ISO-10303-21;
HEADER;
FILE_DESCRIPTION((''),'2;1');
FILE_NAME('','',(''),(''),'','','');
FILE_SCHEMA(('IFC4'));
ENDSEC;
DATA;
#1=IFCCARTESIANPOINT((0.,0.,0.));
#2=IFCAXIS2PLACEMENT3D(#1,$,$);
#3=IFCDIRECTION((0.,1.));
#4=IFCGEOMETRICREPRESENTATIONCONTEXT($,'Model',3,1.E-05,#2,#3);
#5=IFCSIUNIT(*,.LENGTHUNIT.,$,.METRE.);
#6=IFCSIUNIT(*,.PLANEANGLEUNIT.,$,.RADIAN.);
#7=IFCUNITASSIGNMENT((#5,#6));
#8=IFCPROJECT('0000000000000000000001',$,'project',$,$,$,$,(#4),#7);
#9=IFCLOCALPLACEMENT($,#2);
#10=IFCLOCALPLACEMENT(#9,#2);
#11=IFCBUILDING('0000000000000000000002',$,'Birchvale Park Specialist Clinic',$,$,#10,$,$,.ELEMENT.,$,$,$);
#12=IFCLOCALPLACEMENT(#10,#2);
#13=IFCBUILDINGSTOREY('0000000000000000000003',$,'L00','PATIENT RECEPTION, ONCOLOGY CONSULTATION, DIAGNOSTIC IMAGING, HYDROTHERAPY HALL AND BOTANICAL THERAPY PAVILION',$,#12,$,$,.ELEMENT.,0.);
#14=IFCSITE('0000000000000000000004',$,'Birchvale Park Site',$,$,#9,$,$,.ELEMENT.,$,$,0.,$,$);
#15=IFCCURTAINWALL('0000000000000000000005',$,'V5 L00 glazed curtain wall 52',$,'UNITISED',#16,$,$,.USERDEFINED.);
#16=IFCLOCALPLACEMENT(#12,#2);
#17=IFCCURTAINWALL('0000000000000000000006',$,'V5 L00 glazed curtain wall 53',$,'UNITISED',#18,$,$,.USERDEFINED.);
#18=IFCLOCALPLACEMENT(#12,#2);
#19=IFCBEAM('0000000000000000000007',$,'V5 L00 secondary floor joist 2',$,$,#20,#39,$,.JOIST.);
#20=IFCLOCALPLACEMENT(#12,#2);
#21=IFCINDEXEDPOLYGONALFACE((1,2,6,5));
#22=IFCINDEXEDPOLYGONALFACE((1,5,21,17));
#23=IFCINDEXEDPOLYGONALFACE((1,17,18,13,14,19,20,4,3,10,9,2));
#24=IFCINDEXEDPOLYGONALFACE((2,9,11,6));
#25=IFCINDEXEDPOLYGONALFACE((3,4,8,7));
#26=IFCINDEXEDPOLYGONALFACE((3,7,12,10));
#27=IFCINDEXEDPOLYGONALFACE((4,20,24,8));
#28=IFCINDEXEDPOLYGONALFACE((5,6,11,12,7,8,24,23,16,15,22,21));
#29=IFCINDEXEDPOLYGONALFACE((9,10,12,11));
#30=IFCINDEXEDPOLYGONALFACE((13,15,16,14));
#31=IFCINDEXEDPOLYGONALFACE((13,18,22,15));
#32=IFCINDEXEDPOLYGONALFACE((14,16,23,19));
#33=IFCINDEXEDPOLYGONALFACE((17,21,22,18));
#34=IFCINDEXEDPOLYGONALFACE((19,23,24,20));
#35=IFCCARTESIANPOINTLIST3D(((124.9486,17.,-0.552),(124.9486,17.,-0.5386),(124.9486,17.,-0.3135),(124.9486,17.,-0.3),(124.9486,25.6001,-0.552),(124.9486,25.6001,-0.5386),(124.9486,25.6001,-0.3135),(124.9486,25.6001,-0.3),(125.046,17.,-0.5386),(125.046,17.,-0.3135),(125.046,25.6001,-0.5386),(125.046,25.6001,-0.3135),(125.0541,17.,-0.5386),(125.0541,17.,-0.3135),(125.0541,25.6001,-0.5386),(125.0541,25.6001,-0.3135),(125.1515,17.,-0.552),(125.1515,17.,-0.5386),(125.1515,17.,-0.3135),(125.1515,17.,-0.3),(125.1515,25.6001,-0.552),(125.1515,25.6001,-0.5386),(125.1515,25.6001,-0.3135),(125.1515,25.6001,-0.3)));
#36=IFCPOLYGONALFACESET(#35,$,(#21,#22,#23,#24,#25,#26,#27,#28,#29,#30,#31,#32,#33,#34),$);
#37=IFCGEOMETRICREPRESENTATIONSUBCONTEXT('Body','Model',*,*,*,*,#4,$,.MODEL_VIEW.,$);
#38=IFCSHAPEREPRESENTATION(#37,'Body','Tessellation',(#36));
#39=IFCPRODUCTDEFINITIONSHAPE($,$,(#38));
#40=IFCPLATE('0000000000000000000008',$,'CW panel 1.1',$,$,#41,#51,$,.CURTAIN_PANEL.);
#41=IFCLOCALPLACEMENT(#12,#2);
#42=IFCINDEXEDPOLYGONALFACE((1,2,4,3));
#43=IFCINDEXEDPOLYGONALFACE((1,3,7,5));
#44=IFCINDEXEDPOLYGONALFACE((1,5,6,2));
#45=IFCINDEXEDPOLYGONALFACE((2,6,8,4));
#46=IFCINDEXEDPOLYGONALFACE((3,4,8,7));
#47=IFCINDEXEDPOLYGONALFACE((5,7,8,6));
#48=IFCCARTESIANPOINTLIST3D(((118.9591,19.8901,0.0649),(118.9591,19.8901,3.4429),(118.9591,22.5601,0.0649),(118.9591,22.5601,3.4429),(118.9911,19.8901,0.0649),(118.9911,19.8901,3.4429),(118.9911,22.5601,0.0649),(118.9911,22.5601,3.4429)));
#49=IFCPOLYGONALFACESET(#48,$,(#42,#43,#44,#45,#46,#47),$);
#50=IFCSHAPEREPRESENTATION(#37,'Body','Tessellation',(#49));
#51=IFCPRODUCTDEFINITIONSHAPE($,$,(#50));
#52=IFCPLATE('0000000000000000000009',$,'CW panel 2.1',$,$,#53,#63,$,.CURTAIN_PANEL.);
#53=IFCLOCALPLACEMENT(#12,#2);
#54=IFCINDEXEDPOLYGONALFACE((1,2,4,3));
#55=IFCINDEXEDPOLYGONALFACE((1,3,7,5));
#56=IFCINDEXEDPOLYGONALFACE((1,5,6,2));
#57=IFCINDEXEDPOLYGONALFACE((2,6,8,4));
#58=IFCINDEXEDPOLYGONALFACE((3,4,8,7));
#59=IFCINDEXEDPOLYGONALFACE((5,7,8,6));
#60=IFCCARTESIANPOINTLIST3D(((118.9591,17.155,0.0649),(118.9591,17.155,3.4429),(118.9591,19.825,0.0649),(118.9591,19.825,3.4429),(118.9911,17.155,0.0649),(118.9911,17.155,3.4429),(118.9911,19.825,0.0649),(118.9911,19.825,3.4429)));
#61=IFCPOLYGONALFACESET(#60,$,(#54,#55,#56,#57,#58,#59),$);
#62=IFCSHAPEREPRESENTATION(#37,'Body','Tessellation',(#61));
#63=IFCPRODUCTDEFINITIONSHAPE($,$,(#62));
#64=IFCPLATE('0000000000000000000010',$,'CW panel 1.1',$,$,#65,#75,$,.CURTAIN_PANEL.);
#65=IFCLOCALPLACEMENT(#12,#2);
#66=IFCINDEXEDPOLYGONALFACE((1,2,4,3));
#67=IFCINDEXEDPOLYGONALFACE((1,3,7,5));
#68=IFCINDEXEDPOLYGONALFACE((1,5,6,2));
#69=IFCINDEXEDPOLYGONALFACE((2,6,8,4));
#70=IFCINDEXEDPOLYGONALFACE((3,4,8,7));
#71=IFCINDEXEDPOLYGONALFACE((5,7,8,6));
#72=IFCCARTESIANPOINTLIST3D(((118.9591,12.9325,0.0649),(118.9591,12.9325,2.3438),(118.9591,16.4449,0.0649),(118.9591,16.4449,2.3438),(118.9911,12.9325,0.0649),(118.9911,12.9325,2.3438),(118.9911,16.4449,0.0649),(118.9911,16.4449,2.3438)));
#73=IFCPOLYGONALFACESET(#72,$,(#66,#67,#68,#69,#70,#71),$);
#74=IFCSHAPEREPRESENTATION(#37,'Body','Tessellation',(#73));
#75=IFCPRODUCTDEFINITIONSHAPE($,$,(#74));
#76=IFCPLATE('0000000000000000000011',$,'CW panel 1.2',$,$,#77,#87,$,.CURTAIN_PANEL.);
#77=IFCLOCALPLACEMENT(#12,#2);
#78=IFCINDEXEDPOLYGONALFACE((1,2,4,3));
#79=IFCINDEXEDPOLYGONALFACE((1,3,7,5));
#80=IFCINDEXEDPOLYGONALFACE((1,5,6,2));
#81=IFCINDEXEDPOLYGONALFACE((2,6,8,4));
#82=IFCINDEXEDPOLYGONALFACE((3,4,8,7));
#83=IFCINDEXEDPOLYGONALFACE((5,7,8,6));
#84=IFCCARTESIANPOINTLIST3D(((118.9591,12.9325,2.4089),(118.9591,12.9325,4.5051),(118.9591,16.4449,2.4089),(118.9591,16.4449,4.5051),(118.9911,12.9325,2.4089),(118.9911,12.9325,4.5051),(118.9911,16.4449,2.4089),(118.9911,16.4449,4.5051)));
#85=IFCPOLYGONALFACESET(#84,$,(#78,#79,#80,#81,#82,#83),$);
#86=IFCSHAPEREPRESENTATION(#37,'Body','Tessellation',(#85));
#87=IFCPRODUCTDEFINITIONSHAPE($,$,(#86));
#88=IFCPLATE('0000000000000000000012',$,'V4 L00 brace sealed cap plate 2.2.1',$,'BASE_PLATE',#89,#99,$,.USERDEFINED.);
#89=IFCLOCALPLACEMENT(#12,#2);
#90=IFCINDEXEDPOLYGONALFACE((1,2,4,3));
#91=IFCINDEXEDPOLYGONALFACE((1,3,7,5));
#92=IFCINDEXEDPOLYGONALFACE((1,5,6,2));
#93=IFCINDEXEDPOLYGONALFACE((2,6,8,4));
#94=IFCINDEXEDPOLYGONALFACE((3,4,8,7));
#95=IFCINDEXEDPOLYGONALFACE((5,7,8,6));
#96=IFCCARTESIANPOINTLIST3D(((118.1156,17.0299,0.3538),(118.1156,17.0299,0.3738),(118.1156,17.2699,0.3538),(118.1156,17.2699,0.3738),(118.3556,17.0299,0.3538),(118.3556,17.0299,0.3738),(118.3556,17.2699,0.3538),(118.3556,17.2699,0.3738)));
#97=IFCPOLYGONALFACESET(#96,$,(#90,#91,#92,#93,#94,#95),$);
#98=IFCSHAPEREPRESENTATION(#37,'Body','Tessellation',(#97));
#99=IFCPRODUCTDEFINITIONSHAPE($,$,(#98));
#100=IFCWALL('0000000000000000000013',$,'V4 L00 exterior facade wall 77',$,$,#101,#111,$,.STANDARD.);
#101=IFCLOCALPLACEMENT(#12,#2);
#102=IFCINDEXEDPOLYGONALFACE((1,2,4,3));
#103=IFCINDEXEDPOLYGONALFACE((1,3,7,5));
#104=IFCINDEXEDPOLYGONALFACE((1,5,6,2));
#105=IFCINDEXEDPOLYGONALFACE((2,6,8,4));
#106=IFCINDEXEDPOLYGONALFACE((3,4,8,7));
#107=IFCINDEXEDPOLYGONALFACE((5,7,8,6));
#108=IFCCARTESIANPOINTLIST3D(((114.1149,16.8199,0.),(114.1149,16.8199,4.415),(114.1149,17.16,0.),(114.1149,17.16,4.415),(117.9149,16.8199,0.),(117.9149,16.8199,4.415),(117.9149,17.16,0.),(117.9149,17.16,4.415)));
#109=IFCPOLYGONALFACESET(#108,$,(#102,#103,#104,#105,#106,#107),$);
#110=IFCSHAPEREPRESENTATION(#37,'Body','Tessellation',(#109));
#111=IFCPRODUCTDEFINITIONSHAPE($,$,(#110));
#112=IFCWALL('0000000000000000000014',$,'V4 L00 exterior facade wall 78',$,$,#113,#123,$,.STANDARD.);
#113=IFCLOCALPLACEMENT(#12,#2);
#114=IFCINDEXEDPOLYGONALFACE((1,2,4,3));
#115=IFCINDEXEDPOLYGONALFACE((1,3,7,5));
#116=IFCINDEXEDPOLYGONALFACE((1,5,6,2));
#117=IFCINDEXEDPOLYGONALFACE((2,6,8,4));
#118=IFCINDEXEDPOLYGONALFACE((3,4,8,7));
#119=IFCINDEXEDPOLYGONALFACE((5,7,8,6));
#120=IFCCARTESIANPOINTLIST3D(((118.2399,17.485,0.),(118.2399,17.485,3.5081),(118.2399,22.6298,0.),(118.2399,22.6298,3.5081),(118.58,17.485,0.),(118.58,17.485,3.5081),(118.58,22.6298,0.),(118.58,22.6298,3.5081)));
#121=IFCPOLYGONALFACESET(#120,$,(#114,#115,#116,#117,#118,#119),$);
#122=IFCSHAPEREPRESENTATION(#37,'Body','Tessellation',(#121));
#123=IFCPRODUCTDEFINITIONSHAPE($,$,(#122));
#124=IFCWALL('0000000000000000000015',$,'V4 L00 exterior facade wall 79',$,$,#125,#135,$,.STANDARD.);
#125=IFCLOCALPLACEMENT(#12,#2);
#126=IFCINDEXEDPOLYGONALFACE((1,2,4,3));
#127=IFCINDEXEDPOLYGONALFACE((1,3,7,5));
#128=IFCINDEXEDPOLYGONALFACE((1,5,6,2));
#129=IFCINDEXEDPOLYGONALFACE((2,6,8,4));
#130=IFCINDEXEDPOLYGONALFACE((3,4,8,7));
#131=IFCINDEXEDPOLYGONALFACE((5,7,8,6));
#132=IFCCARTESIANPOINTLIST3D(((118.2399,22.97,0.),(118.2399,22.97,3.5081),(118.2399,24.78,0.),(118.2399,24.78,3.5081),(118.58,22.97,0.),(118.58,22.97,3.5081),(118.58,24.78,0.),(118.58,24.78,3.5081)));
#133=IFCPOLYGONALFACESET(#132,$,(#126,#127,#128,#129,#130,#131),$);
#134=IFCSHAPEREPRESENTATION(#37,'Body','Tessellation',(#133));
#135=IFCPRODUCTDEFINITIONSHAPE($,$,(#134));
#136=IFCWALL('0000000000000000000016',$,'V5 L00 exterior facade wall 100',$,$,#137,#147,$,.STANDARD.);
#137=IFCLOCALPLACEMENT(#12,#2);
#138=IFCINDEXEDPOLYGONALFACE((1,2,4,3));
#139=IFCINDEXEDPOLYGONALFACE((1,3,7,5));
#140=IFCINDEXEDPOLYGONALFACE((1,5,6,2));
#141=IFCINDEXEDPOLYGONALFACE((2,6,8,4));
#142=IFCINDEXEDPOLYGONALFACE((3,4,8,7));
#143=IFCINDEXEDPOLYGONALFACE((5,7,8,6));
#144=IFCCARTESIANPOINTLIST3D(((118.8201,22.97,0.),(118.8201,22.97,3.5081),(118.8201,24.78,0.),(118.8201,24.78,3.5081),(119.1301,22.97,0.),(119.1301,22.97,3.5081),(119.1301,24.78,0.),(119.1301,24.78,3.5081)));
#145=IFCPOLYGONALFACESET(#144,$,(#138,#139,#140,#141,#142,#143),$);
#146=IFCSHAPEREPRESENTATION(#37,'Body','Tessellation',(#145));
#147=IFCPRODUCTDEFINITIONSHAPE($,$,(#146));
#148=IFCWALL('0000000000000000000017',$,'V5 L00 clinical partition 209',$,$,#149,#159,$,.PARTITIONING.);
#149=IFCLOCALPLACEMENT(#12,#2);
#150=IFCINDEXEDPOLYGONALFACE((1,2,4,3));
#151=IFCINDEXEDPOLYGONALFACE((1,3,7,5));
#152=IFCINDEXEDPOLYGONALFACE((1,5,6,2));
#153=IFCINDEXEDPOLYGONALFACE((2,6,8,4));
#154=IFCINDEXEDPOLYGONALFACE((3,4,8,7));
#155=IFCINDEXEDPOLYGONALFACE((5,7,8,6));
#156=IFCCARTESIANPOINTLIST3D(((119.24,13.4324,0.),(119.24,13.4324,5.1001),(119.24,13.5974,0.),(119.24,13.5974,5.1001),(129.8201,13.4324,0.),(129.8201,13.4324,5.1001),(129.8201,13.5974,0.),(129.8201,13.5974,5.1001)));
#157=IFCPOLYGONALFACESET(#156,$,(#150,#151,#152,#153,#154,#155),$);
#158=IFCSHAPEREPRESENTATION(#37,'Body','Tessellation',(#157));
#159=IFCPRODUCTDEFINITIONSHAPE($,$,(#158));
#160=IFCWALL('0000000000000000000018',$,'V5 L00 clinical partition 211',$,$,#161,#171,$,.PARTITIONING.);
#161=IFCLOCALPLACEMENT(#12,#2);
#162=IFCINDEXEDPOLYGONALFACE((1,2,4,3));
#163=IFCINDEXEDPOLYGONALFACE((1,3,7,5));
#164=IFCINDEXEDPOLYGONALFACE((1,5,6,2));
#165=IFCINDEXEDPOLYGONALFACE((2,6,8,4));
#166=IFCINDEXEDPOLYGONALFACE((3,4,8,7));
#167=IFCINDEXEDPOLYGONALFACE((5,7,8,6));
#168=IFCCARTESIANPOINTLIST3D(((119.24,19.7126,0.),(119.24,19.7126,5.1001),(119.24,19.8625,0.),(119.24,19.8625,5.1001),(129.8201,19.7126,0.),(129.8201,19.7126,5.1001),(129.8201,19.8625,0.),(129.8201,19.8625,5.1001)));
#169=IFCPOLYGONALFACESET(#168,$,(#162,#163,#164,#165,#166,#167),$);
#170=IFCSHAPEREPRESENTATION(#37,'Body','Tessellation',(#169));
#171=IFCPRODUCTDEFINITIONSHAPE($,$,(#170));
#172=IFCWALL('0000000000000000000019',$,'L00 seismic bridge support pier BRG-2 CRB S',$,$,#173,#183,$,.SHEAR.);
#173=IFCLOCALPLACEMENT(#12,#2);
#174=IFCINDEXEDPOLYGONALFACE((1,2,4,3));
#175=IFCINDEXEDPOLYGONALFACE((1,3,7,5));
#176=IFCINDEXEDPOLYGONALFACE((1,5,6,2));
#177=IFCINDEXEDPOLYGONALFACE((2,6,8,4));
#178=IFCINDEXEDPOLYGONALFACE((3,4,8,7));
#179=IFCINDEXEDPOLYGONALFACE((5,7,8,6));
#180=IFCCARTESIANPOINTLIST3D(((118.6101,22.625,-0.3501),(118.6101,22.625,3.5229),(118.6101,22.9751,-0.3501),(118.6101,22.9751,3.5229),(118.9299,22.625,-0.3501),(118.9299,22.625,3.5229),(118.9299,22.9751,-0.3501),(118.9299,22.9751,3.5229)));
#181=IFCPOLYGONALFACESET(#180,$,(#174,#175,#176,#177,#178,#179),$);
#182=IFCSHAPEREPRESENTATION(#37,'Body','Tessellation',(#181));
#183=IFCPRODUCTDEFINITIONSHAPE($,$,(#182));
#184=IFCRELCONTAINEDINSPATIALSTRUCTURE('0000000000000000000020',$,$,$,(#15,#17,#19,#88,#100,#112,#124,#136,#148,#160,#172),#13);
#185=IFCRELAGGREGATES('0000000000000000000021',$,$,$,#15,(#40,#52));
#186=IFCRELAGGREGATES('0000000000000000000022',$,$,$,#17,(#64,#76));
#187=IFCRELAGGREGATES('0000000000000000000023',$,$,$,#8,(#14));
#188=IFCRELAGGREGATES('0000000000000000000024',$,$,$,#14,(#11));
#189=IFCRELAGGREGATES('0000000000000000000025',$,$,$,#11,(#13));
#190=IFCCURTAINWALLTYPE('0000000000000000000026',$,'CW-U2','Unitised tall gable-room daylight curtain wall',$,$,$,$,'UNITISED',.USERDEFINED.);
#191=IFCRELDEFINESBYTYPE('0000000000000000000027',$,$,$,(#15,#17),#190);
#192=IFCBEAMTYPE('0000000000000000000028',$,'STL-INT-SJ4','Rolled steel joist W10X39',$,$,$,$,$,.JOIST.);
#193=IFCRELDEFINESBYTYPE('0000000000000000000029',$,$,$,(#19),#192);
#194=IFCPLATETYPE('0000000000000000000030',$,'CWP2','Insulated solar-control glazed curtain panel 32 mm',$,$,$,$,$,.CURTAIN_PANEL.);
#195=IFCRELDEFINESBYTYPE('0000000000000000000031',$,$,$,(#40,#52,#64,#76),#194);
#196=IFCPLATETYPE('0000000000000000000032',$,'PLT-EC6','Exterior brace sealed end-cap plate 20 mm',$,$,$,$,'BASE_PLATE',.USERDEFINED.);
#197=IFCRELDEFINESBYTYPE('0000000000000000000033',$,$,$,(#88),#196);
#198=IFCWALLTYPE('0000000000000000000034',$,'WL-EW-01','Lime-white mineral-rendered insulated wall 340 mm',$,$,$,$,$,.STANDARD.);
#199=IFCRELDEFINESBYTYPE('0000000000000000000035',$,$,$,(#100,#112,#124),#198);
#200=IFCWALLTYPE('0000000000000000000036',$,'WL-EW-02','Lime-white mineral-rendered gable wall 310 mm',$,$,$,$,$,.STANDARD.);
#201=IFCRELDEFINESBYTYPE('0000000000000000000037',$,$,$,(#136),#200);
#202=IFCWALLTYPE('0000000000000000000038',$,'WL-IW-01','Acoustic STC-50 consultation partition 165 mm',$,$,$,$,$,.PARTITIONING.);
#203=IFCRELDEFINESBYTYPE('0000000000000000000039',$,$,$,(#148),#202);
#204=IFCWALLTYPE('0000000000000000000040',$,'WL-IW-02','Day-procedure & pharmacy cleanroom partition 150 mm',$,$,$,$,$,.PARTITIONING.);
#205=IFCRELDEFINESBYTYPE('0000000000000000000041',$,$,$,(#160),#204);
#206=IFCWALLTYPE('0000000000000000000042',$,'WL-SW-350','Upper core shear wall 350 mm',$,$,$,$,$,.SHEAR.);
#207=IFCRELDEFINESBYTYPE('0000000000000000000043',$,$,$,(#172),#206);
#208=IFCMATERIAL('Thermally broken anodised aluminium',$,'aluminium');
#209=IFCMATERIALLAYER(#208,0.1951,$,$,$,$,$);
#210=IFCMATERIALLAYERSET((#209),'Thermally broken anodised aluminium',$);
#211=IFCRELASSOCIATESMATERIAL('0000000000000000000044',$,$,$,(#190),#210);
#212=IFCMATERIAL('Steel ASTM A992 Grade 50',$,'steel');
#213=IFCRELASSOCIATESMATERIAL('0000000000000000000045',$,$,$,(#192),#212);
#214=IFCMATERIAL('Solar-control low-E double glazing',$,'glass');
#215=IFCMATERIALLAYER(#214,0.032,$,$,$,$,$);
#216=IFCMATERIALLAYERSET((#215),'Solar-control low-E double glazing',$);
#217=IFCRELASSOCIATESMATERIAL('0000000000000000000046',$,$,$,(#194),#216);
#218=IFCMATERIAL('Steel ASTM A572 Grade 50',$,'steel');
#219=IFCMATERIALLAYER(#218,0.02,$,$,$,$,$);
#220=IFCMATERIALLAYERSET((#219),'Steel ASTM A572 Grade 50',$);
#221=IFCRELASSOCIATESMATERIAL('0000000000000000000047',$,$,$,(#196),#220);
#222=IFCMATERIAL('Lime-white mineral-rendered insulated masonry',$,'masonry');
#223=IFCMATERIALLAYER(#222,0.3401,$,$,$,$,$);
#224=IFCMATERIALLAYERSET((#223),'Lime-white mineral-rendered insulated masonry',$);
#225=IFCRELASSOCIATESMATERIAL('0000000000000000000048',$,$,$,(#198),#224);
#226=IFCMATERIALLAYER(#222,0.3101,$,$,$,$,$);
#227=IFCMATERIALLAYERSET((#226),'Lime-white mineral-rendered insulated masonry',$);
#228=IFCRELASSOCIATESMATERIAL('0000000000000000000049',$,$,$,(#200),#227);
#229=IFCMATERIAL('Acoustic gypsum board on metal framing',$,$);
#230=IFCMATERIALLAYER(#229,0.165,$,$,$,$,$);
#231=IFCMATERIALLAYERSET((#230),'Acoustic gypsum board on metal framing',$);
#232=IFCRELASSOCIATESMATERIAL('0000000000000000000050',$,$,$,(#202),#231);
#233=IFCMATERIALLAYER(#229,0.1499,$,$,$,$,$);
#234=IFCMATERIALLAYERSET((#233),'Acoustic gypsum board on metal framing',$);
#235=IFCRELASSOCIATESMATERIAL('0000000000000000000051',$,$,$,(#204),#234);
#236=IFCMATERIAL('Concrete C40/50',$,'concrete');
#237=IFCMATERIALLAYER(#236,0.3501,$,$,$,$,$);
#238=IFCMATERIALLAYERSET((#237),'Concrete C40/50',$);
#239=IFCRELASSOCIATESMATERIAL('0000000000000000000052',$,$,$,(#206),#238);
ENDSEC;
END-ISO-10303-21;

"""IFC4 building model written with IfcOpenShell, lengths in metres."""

from ifc_helpers import new_model, si_unit, direction, frame, frame_2d, origin, origin_2d, place, context, subcontext, project, spatial, rectangle, i_section, extrude, material, layer, layer_set, material_profile, profile_set, type_object, element, aggregate, save


model = new_model("IFC4")

# Units and contexts
model_context = context("Model", 3, precision=1e-05, world=origin(), true_north=direction((0.0, 1.0)))
body_context = subcontext(model_context, "Body", "Model", "MODEL_VIEW")
ifc_project = project(units=[si_unit("LENGTHUNIT", "METRE"), si_unit("PLANEANGLEUNIT", "RADIAN")], contexts=[model_context])

# Site, building, storey
site_placement = place(None, origin())
site = spatial("IfcSite", under=ifc_project, at=site_placement, Name="Birchvale Park Site", CompositionType="ELEMENT", RefElevation=0.0)
building_placement = place(site_placement, origin())
building = spatial("IfcBuilding", under=site, at=building_placement, Name="Birchvale Park Specialist Clinic", CompositionType="ELEMENT")
storey_placement = place(building_placement, origin())
storey = spatial("IfcBuildingStorey", under=building, at=storey_placement, Name="L00", Description="PATIENT RECEPTION, ONCOLOGY CONSULTATION, DIAGNOSTIC IMAGING, HYDROTHERAPY HALL AND BOTANICAL THERAPY PAVILION", CompositionType="ELEMENT", Elevation=0.0)

# Shared definitions
ifc_material_1 = material(Name="Concrete C40/50", Category="concrete")

# Curtain walls
ifc_material_2 = material(Name="Thermally broken anodised aluminium", Category="aluminium")
ifc_layer_1 = layer(ifc_material_2, 0.1951)
ifc_layer_set_1 = layer_set([ifc_layer_1], Name="Thermally broken anodised aluminium")
curtain_wall_type = type_object("IfcCurtainWallType", Name="CW-U2", Description="Unitised tall gable-room daylight curtain wall", ElementType="UNITISED", PredefinedType="USERDEFINED", material=ifc_layer_set_1)
curtain_wall_1_placement = place(storey_placement, origin())
curtain_wall_1 = element("IfcCurtainWall", 1, at=curtain_wall_1_placement, inside=storey, type_object=curtain_wall_type, Name="V5 L00 glazed curtain wall 52", ObjectType="UNITISED", PredefinedType="USERDEFINED")
curtain_wall_2_placement = place(storey_placement, origin())
curtain_wall_2 = element("IfcCurtainWall", 2, at=curtain_wall_2_placement, inside=storey, type_object=curtain_wall_type, Name="V5 L00 glazed curtain wall 53", ObjectType="UNITISED", PredefinedType="USERDEFINED")

# Beam
ifc_material_3 = material(Name="Steel ASTM A992 Grade 50", Category="steel")
ifc_material_profile_1 = material_profile(ifc_material_3, i_section(OverallWidth=0.2029, OverallDepth=0.252, WebThickness=0.0081, FlangeThickness=0.0134, at=origin_2d()), Name="W10X39")
ifc_profile_set_1 = profile_set([ifc_material_profile_1], Name="Steel ASTM A992 Grade 50")
beam_type_1 = type_object("IfcBeamType", Name="STL-INT-SJ4", Description="Rolled steel joist W10X39", PredefinedType="JOIST", material=ifc_profile_set_1)
beam_1_placement = place(storey_placement, frame((125.05, 17.0, -0.426), z_axis=(0.0, 1.0, 0.0), x_axis=(-1.0, 0.0, 0.0)))
element("IfcBeam", 3, at=beam_1_placement, inside=storey, type_object=beam_type_1, Name="V5 L00 secondary floor joist 2", PredefinedType="JOIST", context=body_context, shape_type="SweptSolid", body=[
    extrude(i_section(OverallWidth=0.2029, OverallDepth=0.252, WebThickness=0.0081, FlangeThickness=0.0134, at=origin_2d()), origin(), (0.0, 0.0, 1.0), 8.6001),
])

# Plates
ifc_material_4 = material(Name="Solar-control low-E double glazing", Category="glass")
ifc_layer_2 = layer(ifc_material_4, 0.032)
ifc_layer_set_2 = layer_set([ifc_layer_2], Name="Solar-control low-E double glazing")
plate_type_1 = type_object("IfcPlateType", Name="CWP2", Description="Insulated solar-control glazed curtain panel 32 mm", PredefinedType="CURTAIN_PANEL", material=ifc_layer_set_2)
plate_1_placement = place(storey_placement, frame((118.9751, 21.2251, 0.0649), z_axis=(0.0, 0.0, 1.0), x_axis=(0.0, -1.0, 0.0)))
plate_1 = element("IfcPlate", 4, at=plate_1_placement, type_object=plate_type_1, Name="CW panel 1.1", PredefinedType="CURTAIN_PANEL", context=body_context, shape_type="SweptSolid", body=[
    extrude(rectangle(XDim=2.6699, YDim=0.032, at=origin_2d()), origin(), (0.0, 0.0, 1.0), 3.3779),
])
plate_2_placement = place(storey_placement, frame((118.9751, 18.49, 0.0649), z_axis=(0.0, 0.0, 1.0), x_axis=(0.0, -1.0, 0.0)))
plate_2 = element("IfcPlate", 5, at=plate_2_placement, type_object=plate_type_1, Name="CW panel 2.1", PredefinedType="CURTAIN_PANEL", context=body_context, shape_type="SweptSolid", body=[
    extrude(rectangle(XDim=2.6699, YDim=0.032, at=origin_2d()), origin(), (0.0, 0.0, 1.0), 3.3779),
])
aggregate(curtain_wall_1, [plate_1, plate_2])
plate_3_placement = place(storey_placement, frame((118.9751, 14.6887, 0.0649), z_axis=(0.0, 0.0, 1.0), x_axis=(0.0, -1.0, 0.0)))
plate_3 = element("IfcPlate", 6, at=plate_3_placement, type_object=plate_type_1, Name="CW panel 1.1", PredefinedType="CURTAIN_PANEL", context=body_context, shape_type="SweptSolid", body=[
    extrude(rectangle(XDim=3.5125, YDim=0.032, at=origin_2d()), origin(), (0.0, 0.0, 1.0), 2.2788),
])
plate_4_placement = place(storey_placement, frame((118.9751, 14.6887, 2.4089), z_axis=(0.0, 0.0, 1.0), x_axis=(0.0, -1.0, 0.0)))
plate_4 = element("IfcPlate", 7, at=plate_4_placement, type_object=plate_type_1, Name="CW panel 1.2", PredefinedType="CURTAIN_PANEL", context=body_context, shape_type="SweptSolid", body=[
    extrude(rectangle(XDim=3.5125, YDim=0.032, at=origin_2d()), origin(), (0.0, 0.0, 1.0), 2.0962),
])
aggregate(curtain_wall_2, [plate_3, plate_4])
ifc_material_5 = material(Name="Steel ASTM A572 Grade 50", Category="steel")
ifc_layer_3 = layer(ifc_material_5, 0.02)
ifc_layer_set_3 = layer_set([ifc_layer_3], Name="Steel ASTM A572 Grade 50")
plate_type_2 = type_object("IfcPlateType", Name="PLT-EC6", Description="Exterior brace sealed end-cap plate 20 mm", ElementType="BASE_PLATE", PredefinedType="USERDEFINED", material=ifc_layer_set_3)
plate_5_placement = place(storey_placement, frame((118.2356, 17.1499, 0.3538), z_axis=(0.0, 0.0, 1.0), x_axis=(1.0, 0.0, 0.0)))
element("IfcPlate", 8, at=plate_5_placement, inside=storey, type_object=plate_type_2, Name="V4 L00 brace sealed cap plate 2.2.1", ObjectType="BASE_PLATE", PredefinedType="USERDEFINED", context=body_context, shape_type="SweptSolid", body=[
    extrude(rectangle(XDim=0.24, YDim=0.24, at=origin_2d()), origin(), (0.0, 0.0, 1.0), 0.02),
])

# Walls
ifc_material_6 = material(Name="Lime-white mineral-rendered insulated masonry", Category="masonry")
ifc_layer_4 = layer(ifc_material_6, 0.3401)
ifc_layer_set_4 = layer_set([ifc_layer_4], Name="Lime-white mineral-rendered insulated masonry")
wall_type_1 = type_object("IfcWallType", Name="WL-EW-01", Description="Lime-white mineral-rendered insulated wall 340 mm", PredefinedType="STANDARD", material=ifc_layer_set_4)
wall_1_placement = place(storey_placement, frame((114.115, 16.99, 0.0), z_axis=(0.0, 0.0, 1.0), x_axis=(1.0, 0.0, 0.0)))
element("IfcWall", 9, at=wall_1_placement, inside=storey, type_object=wall_type_1, Name="V4 L00 exterior facade wall 77", PredefinedType="STANDARD", context=body_context, shape_type="SweptSolid", body=[
    extrude(rectangle(XDim=3.8, YDim=0.3401, at=frame_2d((1.8999, 0.0))), origin(), (0.0, 0.0, 1.0), 4.415),
])
wall_2_placement = place(storey_placement, frame((118.4099, 17.4851, 0.0), z_axis=(0.0, 0.0, 1.0), x_axis=(0.0, 1.0, 0.0)))
element("IfcWall", 10, at=wall_2_placement, inside=storey, type_object=wall_type_1, Name="V4 L00 exterior facade wall 78", PredefinedType="STANDARD", context=body_context, shape_type="SweptSolid", body=[
    extrude(rectangle(XDim=5.1448, YDim=0.3401, at=frame_2d((2.5723, 0.0))), origin(), (0.0, 0.0, 1.0), 3.5081),
])
wall_3_placement = place(storey_placement, frame((118.4099, 22.97, 0.0), z_axis=(0.0, 0.0, 1.0), x_axis=(0.0, 1.0, 0.0)))
element("IfcWall", 11, at=wall_3_placement, inside=storey, type_object=wall_type_1, Name="V4 L00 exterior facade wall 79", PredefinedType="STANDARD", context=body_context, shape_type="SweptSolid", body=[
    extrude(rectangle(XDim=1.8101, YDim=0.3401, at=frame_2d((0.905, 0.0))), origin(), (0.0, 0.0, 1.0), 3.5081),
])
ifc_layer_5 = layer(ifc_material_6, 0.3101)
ifc_layer_set_5 = layer_set([ifc_layer_5], Name="Lime-white mineral-rendered insulated masonry")
wall_type_2 = type_object("IfcWallType", Name="WL-EW-02", Description="Lime-white mineral-rendered gable wall 310 mm", PredefinedType="STANDARD", material=ifc_layer_set_5)
wall_4_placement = place(storey_placement, frame((118.9751, 24.78, 0.0), z_axis=(0.0, 0.0, 1.0), x_axis=(0.0, -1.0, 0.0)))
element("IfcWall", 12, at=wall_4_placement, inside=storey, type_object=wall_type_2, Name="V5 L00 exterior facade wall 100", PredefinedType="STANDARD", context=body_context, shape_type="SweptSolid", body=[
    extrude(rectangle(XDim=1.8101, YDim=0.3101, at=frame_2d((0.905, 0.0))), origin(), (0.0, 0.0, 1.0), 3.5081),
])
ifc_material_7 = material(Name="Acoustic gypsum board on metal framing")
ifc_layer_6 = layer(ifc_material_7, 0.165)
ifc_layer_set_6 = layer_set([ifc_layer_6], Name="Acoustic gypsum board on metal framing")
wall_type_3 = type_object("IfcWallType", Name="WL-IW-01", Description="Acoustic STC-50 consultation partition 165 mm", PredefinedType="PARTITIONING", material=ifc_layer_set_6)
wall_5_placement = place(storey_placement, frame((119.24, 13.5149, 0.0), z_axis=(0.0, 0.0, 1.0), x_axis=(1.0, 0.0, 0.0)))
element("IfcWall", 13, at=wall_5_placement, inside=storey, type_object=wall_type_3, Name="V5 L00 clinical partition 209", PredefinedType="PARTITIONING", context=body_context, shape_type="SweptSolid", body=[
    extrude(rectangle(XDim=10.5801, YDim=0.165, at=frame_2d((5.29, 0.0))), origin(), (0.0, 0.0, 1.0), 5.1001),
])
ifc_layer_7 = layer(ifc_material_7, 0.1499)
ifc_layer_set_7 = layer_set([ifc_layer_7], Name="Acoustic gypsum board on metal framing")
wall_type_4 = type_object("IfcWallType", Name="WL-IW-02", Description="Day-procedure & pharmacy cleanroom partition 150 mm", PredefinedType="PARTITIONING", material=ifc_layer_set_7)
wall_6_placement = place(storey_placement, frame((119.24, 19.7876, 0.0), z_axis=(0.0, 0.0, 1.0), x_axis=(1.0, 0.0, 0.0)))
element("IfcWall", 14, at=wall_6_placement, inside=storey, type_object=wall_type_4, Name="V5 L00 clinical partition 211", PredefinedType="PARTITIONING", context=body_context, shape_type="SweptSolid", body=[
    extrude(rectangle(XDim=10.5801, YDim=0.1499, at=frame_2d((5.29, 0.0))), origin(), (0.0, 0.0, 1.0), 5.1001),
])
ifc_layer_8 = layer(ifc_material_1, 0.3501)
ifc_layer_set_8 = layer_set([ifc_layer_8], Name="Concrete C40/50")
wall_type_5 = type_object("IfcWallType", Name="WL-SW-350", Description="Upper core shear wall 350 mm", PredefinedType="SHEAR", material=ifc_layer_set_8)
wall_7_placement = place(storey_placement, frame((118.6101, 22.8, -0.3501), z_axis=(0.0, 0.0, 1.0), x_axis=(1.0, 0.0, 0.0)))
element("IfcWall", 15, at=wall_7_placement, inside=storey, type_object=wall_type_5, Name="L00 seismic bridge support pier BRG-2 CRB S", PredefinedType="SHEAR", context=body_context, shape_type="SweptSolid", body=[
    extrude(rectangle(XDim=0.3198, YDim=0.3501, at=frame_2d((0.1599, 0.0))), origin(), (0.0, 0.0, 1.0), 3.873),
])

save(model, "model.ifc")
